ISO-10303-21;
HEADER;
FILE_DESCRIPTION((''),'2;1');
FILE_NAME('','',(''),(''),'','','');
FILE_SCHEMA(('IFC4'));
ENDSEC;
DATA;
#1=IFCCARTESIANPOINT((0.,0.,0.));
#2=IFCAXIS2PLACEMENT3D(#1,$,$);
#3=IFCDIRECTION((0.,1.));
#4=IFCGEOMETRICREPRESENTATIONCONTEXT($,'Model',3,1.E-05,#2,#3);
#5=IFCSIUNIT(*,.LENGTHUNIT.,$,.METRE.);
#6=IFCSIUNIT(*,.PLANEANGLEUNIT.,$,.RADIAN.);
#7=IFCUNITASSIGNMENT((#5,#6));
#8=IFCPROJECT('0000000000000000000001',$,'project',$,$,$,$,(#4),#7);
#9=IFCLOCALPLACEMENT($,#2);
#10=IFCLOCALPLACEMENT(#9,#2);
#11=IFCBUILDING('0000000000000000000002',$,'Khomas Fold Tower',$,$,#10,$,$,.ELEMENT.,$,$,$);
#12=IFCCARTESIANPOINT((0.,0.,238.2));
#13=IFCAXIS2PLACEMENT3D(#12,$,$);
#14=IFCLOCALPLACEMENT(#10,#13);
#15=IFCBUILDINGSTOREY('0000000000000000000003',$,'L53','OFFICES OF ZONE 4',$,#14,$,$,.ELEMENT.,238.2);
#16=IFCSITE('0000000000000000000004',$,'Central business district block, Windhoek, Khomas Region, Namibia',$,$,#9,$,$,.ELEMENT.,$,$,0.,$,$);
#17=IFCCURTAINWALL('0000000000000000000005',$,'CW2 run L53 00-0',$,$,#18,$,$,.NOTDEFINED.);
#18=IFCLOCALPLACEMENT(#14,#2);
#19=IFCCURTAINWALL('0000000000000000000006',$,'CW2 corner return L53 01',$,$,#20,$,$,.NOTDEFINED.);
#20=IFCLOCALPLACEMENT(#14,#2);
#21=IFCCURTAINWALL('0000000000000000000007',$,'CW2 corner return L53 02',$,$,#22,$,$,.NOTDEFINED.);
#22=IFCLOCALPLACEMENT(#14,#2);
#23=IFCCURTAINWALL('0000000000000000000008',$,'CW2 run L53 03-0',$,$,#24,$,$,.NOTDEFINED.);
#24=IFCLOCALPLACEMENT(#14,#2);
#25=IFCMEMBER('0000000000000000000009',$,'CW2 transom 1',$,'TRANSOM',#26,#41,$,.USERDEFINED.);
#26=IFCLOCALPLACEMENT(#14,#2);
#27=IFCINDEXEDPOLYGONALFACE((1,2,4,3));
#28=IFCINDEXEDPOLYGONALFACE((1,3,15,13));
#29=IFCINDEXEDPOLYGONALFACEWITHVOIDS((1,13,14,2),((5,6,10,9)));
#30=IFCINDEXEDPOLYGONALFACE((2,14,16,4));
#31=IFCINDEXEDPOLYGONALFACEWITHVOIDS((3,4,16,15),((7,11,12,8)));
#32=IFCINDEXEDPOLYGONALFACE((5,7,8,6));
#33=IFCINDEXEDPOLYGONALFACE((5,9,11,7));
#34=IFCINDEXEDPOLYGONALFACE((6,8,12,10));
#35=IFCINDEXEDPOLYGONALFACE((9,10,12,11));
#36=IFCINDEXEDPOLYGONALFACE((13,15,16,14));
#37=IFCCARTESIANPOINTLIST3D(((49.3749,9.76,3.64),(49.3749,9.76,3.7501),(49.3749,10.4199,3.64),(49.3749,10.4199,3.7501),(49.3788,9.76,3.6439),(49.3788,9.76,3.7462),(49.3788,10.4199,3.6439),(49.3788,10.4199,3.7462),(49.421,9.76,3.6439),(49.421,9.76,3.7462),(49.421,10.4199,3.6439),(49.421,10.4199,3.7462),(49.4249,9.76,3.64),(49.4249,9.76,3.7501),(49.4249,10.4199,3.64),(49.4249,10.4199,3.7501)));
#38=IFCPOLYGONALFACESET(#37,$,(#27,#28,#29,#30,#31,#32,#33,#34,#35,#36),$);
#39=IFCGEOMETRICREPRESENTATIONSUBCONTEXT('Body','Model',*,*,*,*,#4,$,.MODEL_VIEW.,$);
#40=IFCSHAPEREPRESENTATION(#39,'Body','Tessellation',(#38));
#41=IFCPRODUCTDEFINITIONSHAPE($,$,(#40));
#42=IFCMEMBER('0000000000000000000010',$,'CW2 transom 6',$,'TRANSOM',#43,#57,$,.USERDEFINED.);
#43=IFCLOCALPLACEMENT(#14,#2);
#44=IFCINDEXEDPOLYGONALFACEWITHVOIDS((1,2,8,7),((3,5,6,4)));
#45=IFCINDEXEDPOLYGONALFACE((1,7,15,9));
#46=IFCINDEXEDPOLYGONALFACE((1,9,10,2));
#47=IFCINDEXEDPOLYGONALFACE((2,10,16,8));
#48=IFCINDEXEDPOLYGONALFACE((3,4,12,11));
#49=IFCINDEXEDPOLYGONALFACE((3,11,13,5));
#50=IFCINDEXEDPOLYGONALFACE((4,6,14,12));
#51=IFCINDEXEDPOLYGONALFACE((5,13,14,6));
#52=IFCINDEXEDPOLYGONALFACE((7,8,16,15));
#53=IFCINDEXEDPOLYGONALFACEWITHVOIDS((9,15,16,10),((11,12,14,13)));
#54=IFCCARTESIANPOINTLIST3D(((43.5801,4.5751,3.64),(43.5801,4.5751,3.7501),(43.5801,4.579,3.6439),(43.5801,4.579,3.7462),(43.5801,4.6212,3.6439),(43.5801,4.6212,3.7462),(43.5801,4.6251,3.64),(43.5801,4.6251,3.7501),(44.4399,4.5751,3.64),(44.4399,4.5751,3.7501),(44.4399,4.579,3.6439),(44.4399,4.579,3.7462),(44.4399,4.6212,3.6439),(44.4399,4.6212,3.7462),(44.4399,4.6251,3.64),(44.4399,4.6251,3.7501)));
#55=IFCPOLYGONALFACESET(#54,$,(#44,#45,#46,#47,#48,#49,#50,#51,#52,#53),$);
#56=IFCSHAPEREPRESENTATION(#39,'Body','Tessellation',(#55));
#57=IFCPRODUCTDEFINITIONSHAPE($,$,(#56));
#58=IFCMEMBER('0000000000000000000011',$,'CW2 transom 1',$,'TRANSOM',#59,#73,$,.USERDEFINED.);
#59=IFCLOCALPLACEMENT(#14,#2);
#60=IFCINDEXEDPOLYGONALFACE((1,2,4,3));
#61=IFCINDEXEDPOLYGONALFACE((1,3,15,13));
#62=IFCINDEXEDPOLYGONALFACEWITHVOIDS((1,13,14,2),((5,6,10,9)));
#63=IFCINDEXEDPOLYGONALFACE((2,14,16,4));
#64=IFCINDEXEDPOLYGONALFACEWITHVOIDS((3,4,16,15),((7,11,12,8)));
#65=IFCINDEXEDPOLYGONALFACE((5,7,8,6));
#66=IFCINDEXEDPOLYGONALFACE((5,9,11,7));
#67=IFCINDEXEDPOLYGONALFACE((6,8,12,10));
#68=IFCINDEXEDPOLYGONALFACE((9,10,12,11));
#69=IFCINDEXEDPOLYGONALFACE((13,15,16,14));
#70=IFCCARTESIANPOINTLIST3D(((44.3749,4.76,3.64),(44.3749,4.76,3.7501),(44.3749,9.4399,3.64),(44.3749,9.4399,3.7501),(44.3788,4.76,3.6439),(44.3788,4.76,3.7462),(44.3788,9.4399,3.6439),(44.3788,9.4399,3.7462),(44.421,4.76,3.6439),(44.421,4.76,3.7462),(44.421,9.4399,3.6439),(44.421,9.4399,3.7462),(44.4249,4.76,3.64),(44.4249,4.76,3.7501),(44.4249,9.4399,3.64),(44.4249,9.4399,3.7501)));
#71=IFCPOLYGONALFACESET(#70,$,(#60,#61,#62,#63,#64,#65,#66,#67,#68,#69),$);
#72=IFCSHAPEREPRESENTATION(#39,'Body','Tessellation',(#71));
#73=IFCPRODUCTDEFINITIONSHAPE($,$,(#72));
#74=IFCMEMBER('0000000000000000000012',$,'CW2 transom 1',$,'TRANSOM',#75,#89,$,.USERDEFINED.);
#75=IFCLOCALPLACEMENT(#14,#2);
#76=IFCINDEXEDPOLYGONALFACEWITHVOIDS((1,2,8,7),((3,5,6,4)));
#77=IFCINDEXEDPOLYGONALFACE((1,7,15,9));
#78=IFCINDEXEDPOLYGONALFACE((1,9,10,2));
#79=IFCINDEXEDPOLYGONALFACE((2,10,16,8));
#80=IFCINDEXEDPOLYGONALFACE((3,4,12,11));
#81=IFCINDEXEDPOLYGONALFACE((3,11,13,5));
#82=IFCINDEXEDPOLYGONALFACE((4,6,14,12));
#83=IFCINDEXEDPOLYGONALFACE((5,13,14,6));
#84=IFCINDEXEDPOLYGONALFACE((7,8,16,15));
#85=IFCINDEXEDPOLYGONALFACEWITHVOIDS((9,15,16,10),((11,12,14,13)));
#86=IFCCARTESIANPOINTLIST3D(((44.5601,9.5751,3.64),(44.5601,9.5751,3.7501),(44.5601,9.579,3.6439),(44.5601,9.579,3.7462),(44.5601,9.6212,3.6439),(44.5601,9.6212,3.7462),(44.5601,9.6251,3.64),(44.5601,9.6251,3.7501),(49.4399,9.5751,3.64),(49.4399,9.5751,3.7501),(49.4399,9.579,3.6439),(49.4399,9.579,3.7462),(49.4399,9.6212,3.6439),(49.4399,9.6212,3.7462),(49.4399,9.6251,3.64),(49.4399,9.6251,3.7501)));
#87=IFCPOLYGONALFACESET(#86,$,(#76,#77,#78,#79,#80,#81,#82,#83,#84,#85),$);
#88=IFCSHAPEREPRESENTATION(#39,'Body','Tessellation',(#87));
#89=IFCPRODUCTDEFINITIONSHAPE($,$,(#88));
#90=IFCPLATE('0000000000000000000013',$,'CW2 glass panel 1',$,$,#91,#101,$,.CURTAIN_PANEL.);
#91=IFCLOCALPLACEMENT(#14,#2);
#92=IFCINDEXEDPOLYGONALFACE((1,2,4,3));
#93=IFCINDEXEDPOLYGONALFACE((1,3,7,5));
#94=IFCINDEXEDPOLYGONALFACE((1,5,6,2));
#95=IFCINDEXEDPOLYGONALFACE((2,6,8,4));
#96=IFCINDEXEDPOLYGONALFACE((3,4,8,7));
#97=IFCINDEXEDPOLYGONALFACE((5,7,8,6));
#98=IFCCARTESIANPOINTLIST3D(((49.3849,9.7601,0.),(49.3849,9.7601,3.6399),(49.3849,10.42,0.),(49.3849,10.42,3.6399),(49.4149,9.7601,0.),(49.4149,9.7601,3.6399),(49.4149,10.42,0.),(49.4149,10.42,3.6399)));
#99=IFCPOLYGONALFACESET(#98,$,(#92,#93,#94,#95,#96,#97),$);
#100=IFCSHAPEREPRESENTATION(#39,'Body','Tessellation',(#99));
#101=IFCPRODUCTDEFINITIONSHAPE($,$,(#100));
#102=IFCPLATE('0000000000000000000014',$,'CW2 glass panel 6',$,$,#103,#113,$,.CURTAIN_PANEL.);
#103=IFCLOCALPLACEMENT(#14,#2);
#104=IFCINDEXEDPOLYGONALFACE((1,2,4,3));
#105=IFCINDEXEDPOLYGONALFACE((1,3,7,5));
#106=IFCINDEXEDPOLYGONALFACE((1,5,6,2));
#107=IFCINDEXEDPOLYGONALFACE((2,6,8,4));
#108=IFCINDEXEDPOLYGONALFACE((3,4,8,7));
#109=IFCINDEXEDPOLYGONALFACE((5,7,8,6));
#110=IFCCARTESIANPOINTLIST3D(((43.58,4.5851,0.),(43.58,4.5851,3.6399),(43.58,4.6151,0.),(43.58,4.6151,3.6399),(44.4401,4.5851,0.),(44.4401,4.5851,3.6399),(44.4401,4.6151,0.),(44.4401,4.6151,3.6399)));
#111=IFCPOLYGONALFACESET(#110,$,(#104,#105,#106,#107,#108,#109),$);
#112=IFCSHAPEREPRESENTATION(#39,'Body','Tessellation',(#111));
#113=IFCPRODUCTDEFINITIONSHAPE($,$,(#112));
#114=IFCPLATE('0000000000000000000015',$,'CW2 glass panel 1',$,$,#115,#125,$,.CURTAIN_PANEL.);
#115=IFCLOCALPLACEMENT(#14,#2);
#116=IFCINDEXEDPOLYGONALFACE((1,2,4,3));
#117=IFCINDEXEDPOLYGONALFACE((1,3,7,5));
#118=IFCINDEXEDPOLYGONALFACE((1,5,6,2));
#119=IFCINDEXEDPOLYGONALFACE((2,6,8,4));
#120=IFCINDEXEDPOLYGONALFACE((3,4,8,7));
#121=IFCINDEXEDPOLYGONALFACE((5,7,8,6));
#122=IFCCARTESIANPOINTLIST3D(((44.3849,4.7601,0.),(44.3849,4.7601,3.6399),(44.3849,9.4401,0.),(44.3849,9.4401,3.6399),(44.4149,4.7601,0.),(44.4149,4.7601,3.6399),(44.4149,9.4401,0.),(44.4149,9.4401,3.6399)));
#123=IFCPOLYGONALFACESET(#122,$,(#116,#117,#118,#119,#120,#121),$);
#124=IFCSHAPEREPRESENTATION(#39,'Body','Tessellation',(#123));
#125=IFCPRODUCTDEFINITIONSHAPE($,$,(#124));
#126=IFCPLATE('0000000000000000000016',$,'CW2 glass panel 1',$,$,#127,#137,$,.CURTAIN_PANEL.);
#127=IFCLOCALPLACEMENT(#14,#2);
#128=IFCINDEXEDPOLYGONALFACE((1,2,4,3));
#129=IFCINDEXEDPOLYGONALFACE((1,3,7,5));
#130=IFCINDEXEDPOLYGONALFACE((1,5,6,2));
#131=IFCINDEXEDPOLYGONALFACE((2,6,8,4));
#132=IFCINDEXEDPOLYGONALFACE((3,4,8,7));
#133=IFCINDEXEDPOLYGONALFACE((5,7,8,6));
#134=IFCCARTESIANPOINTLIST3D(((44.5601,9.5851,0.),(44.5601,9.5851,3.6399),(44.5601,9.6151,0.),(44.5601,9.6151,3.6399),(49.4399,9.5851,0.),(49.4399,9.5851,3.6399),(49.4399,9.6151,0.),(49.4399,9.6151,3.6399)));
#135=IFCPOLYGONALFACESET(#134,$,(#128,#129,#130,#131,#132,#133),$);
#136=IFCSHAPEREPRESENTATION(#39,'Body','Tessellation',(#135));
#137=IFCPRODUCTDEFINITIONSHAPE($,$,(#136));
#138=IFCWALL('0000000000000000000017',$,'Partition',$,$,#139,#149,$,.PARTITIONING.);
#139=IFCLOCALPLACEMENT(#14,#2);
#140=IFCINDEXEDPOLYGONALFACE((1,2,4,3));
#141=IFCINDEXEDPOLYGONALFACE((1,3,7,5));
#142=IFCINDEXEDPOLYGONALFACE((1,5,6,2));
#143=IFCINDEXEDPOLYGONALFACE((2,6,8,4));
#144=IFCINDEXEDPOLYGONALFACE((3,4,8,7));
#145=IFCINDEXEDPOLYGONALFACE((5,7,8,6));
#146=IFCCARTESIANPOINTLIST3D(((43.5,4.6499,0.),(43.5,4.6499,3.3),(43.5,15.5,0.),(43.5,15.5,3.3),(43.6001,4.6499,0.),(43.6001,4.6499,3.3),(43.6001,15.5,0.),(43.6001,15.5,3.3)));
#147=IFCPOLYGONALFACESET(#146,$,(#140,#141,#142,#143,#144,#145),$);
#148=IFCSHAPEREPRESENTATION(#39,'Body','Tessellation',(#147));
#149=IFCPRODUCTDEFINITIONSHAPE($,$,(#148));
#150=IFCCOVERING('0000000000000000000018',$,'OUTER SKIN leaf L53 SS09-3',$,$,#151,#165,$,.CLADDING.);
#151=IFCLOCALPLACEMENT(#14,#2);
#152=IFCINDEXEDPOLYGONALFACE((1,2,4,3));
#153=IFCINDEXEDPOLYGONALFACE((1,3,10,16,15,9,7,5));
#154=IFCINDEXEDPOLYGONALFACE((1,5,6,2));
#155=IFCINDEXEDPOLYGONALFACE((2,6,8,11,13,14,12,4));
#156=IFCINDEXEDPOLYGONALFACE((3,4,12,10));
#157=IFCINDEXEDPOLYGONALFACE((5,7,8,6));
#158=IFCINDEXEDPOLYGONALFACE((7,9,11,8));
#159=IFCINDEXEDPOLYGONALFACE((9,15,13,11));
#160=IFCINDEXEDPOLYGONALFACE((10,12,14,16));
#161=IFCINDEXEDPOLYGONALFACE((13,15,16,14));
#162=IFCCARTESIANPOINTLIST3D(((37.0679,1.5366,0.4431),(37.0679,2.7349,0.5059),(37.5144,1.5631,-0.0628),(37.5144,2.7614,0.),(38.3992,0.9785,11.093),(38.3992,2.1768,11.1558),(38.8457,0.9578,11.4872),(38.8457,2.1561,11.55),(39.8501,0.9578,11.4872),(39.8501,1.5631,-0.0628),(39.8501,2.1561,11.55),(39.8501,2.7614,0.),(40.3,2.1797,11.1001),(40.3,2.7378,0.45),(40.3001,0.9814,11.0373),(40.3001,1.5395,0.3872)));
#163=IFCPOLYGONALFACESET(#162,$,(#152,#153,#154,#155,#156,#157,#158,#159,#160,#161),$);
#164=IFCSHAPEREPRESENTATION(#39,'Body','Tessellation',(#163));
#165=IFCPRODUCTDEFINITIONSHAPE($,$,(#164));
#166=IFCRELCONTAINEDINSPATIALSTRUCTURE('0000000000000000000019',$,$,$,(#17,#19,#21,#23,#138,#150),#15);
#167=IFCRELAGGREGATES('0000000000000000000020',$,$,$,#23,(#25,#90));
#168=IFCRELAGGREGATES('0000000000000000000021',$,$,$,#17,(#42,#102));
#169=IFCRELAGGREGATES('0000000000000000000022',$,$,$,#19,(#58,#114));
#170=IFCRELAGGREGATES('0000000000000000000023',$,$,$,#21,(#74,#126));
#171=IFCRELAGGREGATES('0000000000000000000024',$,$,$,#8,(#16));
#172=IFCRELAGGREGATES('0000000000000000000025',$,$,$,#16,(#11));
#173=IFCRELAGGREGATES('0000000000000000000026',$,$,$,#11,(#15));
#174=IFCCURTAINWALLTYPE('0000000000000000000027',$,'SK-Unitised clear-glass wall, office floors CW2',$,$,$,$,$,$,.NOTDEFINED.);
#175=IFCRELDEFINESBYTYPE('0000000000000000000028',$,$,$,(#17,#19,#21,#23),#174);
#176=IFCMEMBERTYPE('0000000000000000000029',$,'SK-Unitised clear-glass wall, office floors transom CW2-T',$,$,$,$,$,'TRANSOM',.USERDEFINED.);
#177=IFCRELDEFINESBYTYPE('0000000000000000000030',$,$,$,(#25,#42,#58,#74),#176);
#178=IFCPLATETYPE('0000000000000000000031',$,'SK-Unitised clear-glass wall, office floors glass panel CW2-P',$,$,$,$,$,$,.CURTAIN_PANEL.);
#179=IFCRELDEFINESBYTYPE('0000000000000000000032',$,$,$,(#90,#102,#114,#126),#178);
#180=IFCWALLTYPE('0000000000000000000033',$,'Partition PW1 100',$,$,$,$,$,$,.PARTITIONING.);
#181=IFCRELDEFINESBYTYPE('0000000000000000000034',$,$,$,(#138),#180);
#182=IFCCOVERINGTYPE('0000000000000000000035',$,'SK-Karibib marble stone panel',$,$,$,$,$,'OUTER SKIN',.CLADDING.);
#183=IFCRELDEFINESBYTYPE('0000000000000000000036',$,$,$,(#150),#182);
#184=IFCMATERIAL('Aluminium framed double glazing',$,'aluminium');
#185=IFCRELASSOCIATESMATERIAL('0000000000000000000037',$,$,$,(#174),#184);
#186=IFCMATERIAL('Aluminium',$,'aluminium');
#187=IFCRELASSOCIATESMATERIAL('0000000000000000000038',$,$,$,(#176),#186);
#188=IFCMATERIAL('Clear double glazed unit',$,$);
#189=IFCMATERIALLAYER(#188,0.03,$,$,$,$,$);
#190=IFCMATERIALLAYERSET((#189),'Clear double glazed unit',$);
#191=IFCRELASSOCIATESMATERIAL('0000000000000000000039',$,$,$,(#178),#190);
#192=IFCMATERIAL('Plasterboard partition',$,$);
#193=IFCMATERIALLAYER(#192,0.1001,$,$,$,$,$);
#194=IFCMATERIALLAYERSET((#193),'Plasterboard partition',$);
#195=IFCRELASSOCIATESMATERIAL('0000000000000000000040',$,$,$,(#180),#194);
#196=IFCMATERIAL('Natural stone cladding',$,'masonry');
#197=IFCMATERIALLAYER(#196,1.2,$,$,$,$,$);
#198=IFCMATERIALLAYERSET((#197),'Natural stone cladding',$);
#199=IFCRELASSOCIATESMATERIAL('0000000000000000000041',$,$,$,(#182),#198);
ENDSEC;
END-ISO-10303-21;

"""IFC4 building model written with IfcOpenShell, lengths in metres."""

from ifc_helpers import new_model, si_unit, direction, frame, frame_2d, origin, origin_2d, place, context, subcontext, project, spatial, polyline, rectangle, hollow_rectangle, outline, extrude, source, transform, mapped, material, layer, layer_set, material_profile, profile_set, type_object, element, aggregate, save


model = new_model("IFC4")

# Units and contexts
model_context = context("Model", 3, precision=1e-05, world=origin(), true_north=direction((0.0, 1.0)))
body_context = subcontext(model_context, "Body", "Model", "MODEL_VIEW")
ifc_project = project(units=[si_unit("LENGTHUNIT", "METRE"), si_unit("PLANEANGLEUNIT", "RADIAN")], contexts=[model_context])

# Site, building, storey
site_placement = place(None, origin())
site = spatial("IfcSite", under=ifc_project, at=site_placement, Name="Central business district block, Windhoek, Khomas Region, Namibia", CompositionType="ELEMENT", RefElevation=0.0)
building_placement = place(site_placement, origin())
building = spatial("IfcBuilding", under=site, at=building_placement, Name="Khomas Fold Tower", CompositionType="ELEMENT")
storey_placement = place(building_placement, frame((0.0, 0.0, 238.2)))
storey = spatial("IfcBuildingStorey", under=building, at=storey_placement, Name="L53", Description="OFFICES OF ZONE 4", CompositionType="ELEMENT", Elevation=238.2)

# Curtain walls
ifc_material_1 = material(Name="Aluminium framed double glazing", Category="aluminium")
curtain_wall_type = type_object("IfcCurtainWallType", Name="SK-Unitised clear-glass wall, office floors CW2", PredefinedType="NOTDEFINED", material=ifc_material_1)
curtain_wall_1_placement = place(storey_placement, origin())
curtain_wall_1 = element("IfcCurtainWall", 1, at=curtain_wall_1_placement, inside=storey, type_object=curtain_wall_type, Name="CW2 run L53 00-0", PredefinedType="NOTDEFINED")
curtain_wall_2_placement = place(storey_placement, origin())
curtain_wall_2 = element("IfcCurtainWall", 2, at=curtain_wall_2_placement, inside=storey, type_object=curtain_wall_type, Name="CW2 corner return L53 01", PredefinedType="NOTDEFINED")
curtain_wall_3_placement = place(storey_placement, origin())
curtain_wall_3 = element("IfcCurtainWall", 3, at=curtain_wall_3_placement, inside=storey, type_object=curtain_wall_type, Name="CW2 corner return L53 02", PredefinedType="NOTDEFINED")

# Curtain wall, member
curtain_wall_4_placement = place(storey_placement, origin())
curtain_wall_4 = element("IfcCurtainWall", 4, at=curtain_wall_4_placement, inside=storey, type_object=curtain_wall_type, Name="CW2 run L53 03-0", PredefinedType="NOTDEFINED")
ifc_material_2 = material(Name="Aluminium", Category="aluminium")
ifc_material_profile_1 = material_profile(ifc_material_2, hollow_rectangle(XDim=0.05, YDim=0.1101, WallThickness=0.0039, at=origin_2d()), Name="SK-Unitised clear-glass wall, office floors transom CW2-T")
ifc_profile_set_1 = profile_set([ifc_material_profile_1], Name="Aluminium")
member_type_1 = type_object("IfcMemberType", Name="SK-Unitised clear-glass wall, office floors transom CW2-T", ElementType="TRANSOM", PredefinedType="USERDEFINED", material=ifc_profile_set_1)
shared_shape_1 = source(origin(), body_context, "Body", "SweptSolid", [
    extrude(hollow_rectangle(XDim=0.05, YDim=0.1101, WallThickness=0.0039, at=origin_2d()), origin(), (0.0, 0.0, 1.0), 0.6599),
])
member_1_placement = place(storey_placement, frame((49.3999, 9.76, 3.6951), z_axis=(0.0, 1.0, 0.0), x_axis=(-1.0, 0.0, 0.0)))
member_1 = element("IfcMember", 5, at=member_1_placement, type_object=member_type_1, Name="CW2 transom 1", ObjectType="TRANSOM", PredefinedType="USERDEFINED", context=body_context, shape_type="MappedRepresentation", body=[
    mapped(shared_shape_1, transform((0.0, 0.0, 0.0))),
])

# Members
shared_shape_2 = source(origin(), body_context, "Body", "SweptSolid", [
    extrude(hollow_rectangle(XDim=0.05, YDim=0.1101, WallThickness=0.0039, at=origin_2d()), origin(), (0.0, 0.0, 1.0), 0.8599),
])
member_2_placement = place(storey_placement, frame((43.5801, 4.6001, 3.6951), z_axis=(1.0, 0.0, 0.0), x_axis=(0.0, 1.0, 0.0)))
member_2 = element("IfcMember", 6, at=member_2_placement, type_object=member_type_1, Name="CW2 transom 6", ObjectType="TRANSOM", PredefinedType="USERDEFINED", context=body_context, shape_type="MappedRepresentation", body=[
    mapped(shared_shape_2, transform((0.0, 0.0, 0.0))),
])
shared_shape_3 = source(origin(), body_context, "Body", "SweptSolid", [
    extrude(hollow_rectangle(XDim=0.05, YDim=0.1101, WallThickness=0.0039, at=origin_2d()), origin(), (0.0, 0.0, 1.0), 4.6799),
])
member_3_placement = place(storey_placement, frame((44.3999, 4.76, 3.6951), z_axis=(0.0, 1.0, 0.0), x_axis=(-1.0, 0.0, 0.0)))
member_3 = element("IfcMember", 7, at=member_3_placement, type_object=member_type_1, Name="CW2 transom 1", ObjectType="TRANSOM", PredefinedType="USERDEFINED", context=body_context, shape_type="MappedRepresentation", body=[
    mapped(shared_shape_3, transform((0.0, 0.0, 0.0))),
])
shared_shape_4 = source(origin(), body_context, "Body", "SweptSolid", [
    extrude(hollow_rectangle(XDim=0.05, YDim=0.1101, WallThickness=0.0039, at=origin_2d()), origin(), (0.0, 0.0, 1.0), 4.8799),
])
member_4_placement = place(storey_placement, frame((44.5601, 9.6001, 3.6951), z_axis=(1.0, 0.0, 0.0), x_axis=(0.0, 1.0, 0.0)))
member_4 = element("IfcMember", 8, at=member_4_placement, type_object=member_type_1, Name="CW2 transom 1", ObjectType="TRANSOM", PredefinedType="USERDEFINED", context=body_context, shape_type="MappedRepresentation", body=[
    mapped(shared_shape_4, transform((0.0, 0.0, 0.0))),
])

# Plates
ifc_material_3 = material(Name="Clear double glazed unit")
ifc_layer_1 = layer(ifc_material_3, 0.03)
ifc_layer_set_1 = layer_set([ifc_layer_1], Name="Clear double glazed unit")
plate_type = type_object("IfcPlateType", Name="SK-Unitised clear-glass wall, office floors glass panel CW2-P", PredefinedType="CURTAIN_PANEL", material=ifc_layer_set_1)
shared_shape_5 = source(origin(), body_context, "Body", "SweptSolid", [
    extrude(rectangle(XDim=0.6599, YDim=0.03, at=origin_2d()), origin(), (0.0, 0.0, 1.0), 3.6399),
])
plate_1_placement = place(storey_placement, frame((49.3999, 10.0901, 0.0), z_axis=(0.0, 0.0, 1.0), x_axis=(0.0, 1.0, 0.0)))
plate_1 = element("IfcPlate", 9, at=plate_1_placement, type_object=plate_type, Name="CW2 glass panel 1", PredefinedType="CURTAIN_PANEL", context=body_context, shape_type="MappedRepresentation", body=[
    mapped(shared_shape_5, transform((0.0, 0.0, 0.0))),
])
aggregate(curtain_wall_4, [member_1, plate_1])
shared_shape_6 = source(origin(), body_context, "Body", "SweptSolid", [
    extrude(rectangle(XDim=0.8601, YDim=0.03, at=origin_2d()), origin(), (0.0, 0.0, 1.0), 3.6399),
])
plate_2_placement = place(storey_placement, frame((44.01, 4.6001, 0.0), z_axis=(0.0, 0.0, 1.0), x_axis=(1.0, 0.0, 0.0)))
plate_2 = element("IfcPlate", 10, at=plate_2_placement, type_object=plate_type, Name="CW2 glass panel 6", PredefinedType="CURTAIN_PANEL", context=body_context, shape_type="MappedRepresentation", body=[
    mapped(shared_shape_6, transform((0.0, 0.0, 0.0))),
])
aggregate(curtain_wall_1, [member_2, plate_2])
shared_shape_7 = source(origin(), body_context, "Body", "SweptSolid", [
    extrude(rectangle(XDim=4.6799, YDim=0.03, at=origin_2d()), origin(), (0.0, 0.0, 1.0), 3.6399),
])
plate_3_placement = place(storey_placement, frame((44.3999, 7.1001, 0.0), z_axis=(0.0, 0.0, 1.0), x_axis=(0.0, 1.0, 0.0)))
plate_3 = element("IfcPlate", 11, at=plate_3_placement, type_object=plate_type, Name="CW2 glass panel 1", PredefinedType="CURTAIN_PANEL", context=body_context, shape_type="MappedRepresentation", body=[
    mapped(shared_shape_7, transform((0.0, 0.0, 0.0))),
])
aggregate(curtain_wall_2, [member_3, plate_3])
shared_shape_8 = source(origin(), body_context, "Body", "SweptSolid", [
    extrude(rectangle(XDim=4.8799, YDim=0.03, at=origin_2d()), origin(), (0.0, 0.0, 1.0), 3.6399),
])
plate_4_placement = place(storey_placement, frame((47.0, 9.6001, 0.0), z_axis=(0.0, 0.0, 1.0), x_axis=(1.0, 0.0, 0.0)))
plate_4 = element("IfcPlate", 12, at=plate_4_placement, type_object=plate_type, Name="CW2 glass panel 1", PredefinedType="CURTAIN_PANEL", context=body_context, shape_type="MappedRepresentation", body=[
    mapped(shared_shape_8, transform((0.0, 0.0, 0.0))),
])
aggregate(curtain_wall_3, [member_4, plate_4])

# Wall
ifc_material_4 = material(Name="Plasterboard partition")
ifc_layer_2 = layer(ifc_material_4, 0.1001)
ifc_layer_set_2 = layer_set([ifc_layer_2], Name="Plasterboard partition")
wall_type = type_object("IfcWallType", Name="Partition PW1 100", PredefinedType="PARTITIONING", material=ifc_layer_set_2)
shared_shape_9 = source(origin(), body_context, "Body", "SweptSolid", [
    extrude(rectangle(XDim=10.8501, YDim=0.1001, at=frame_2d((5.425, 0.0))), origin(), (0.0, 0.0, 1.0), 3.3),
])
wall_placement = place(storey_placement, frame((43.55, 4.6499, 0.0), z_axis=(0.0, 0.0, 1.0), x_axis=(0.0, 1.0, 0.0)))
element("IfcWall", 13, at=wall_placement, inside=storey, type_object=wall_type, Name="Partition", PredefinedType="PARTITIONING", context=body_context, shape_type="MappedRepresentation", body=[
    mapped(shared_shape_9, transform((0.0, 0.0, 0.0))),
])

# Covering
ifc_material_5 = material(Name="Natural stone cladding", Category="masonry")
ifc_layer_3 = layer(ifc_material_5, 1.2)
ifc_layer_set_3 = layer_set([ifc_layer_3], Name="Natural stone cladding")
covering_type = type_object("IfcCoveringType", Name="SK-Karibib marble stone panel", ElementType="OUTER SKIN", PredefinedType="CLADDING", material=ifc_layer_set_3)
covering_placement = place(storey_placement, frame((40.3, 2.1797, 11.1001), z_axis=(-0.000002, 0.99863, 0.052335), x_axis=(0.0, 0.052335, -0.99863)))
element("IfcCovering", 14, at=covering_placement, inside=storey, type_object=covering_type, Name="OUTER SKIN leaf L53 SS09-3", PredefinedType="CLADDING", context=body_context, shape_type="SweptSolid", body=[
    extrude(outline(polyline([(0.0, 0.0), (10.6648, 0.0), (11.1153, 0.45), (11.1153, 2.7856), (10.6088, 3.2322), (-0.0557, 1.9009), (-0.4506, 1.4543), (-0.4506, 0.45), (0.0, 0.0)])), origin(), (0.0, 0.0, -1.0), 1.2),
])

save(model, "model.ifc")
